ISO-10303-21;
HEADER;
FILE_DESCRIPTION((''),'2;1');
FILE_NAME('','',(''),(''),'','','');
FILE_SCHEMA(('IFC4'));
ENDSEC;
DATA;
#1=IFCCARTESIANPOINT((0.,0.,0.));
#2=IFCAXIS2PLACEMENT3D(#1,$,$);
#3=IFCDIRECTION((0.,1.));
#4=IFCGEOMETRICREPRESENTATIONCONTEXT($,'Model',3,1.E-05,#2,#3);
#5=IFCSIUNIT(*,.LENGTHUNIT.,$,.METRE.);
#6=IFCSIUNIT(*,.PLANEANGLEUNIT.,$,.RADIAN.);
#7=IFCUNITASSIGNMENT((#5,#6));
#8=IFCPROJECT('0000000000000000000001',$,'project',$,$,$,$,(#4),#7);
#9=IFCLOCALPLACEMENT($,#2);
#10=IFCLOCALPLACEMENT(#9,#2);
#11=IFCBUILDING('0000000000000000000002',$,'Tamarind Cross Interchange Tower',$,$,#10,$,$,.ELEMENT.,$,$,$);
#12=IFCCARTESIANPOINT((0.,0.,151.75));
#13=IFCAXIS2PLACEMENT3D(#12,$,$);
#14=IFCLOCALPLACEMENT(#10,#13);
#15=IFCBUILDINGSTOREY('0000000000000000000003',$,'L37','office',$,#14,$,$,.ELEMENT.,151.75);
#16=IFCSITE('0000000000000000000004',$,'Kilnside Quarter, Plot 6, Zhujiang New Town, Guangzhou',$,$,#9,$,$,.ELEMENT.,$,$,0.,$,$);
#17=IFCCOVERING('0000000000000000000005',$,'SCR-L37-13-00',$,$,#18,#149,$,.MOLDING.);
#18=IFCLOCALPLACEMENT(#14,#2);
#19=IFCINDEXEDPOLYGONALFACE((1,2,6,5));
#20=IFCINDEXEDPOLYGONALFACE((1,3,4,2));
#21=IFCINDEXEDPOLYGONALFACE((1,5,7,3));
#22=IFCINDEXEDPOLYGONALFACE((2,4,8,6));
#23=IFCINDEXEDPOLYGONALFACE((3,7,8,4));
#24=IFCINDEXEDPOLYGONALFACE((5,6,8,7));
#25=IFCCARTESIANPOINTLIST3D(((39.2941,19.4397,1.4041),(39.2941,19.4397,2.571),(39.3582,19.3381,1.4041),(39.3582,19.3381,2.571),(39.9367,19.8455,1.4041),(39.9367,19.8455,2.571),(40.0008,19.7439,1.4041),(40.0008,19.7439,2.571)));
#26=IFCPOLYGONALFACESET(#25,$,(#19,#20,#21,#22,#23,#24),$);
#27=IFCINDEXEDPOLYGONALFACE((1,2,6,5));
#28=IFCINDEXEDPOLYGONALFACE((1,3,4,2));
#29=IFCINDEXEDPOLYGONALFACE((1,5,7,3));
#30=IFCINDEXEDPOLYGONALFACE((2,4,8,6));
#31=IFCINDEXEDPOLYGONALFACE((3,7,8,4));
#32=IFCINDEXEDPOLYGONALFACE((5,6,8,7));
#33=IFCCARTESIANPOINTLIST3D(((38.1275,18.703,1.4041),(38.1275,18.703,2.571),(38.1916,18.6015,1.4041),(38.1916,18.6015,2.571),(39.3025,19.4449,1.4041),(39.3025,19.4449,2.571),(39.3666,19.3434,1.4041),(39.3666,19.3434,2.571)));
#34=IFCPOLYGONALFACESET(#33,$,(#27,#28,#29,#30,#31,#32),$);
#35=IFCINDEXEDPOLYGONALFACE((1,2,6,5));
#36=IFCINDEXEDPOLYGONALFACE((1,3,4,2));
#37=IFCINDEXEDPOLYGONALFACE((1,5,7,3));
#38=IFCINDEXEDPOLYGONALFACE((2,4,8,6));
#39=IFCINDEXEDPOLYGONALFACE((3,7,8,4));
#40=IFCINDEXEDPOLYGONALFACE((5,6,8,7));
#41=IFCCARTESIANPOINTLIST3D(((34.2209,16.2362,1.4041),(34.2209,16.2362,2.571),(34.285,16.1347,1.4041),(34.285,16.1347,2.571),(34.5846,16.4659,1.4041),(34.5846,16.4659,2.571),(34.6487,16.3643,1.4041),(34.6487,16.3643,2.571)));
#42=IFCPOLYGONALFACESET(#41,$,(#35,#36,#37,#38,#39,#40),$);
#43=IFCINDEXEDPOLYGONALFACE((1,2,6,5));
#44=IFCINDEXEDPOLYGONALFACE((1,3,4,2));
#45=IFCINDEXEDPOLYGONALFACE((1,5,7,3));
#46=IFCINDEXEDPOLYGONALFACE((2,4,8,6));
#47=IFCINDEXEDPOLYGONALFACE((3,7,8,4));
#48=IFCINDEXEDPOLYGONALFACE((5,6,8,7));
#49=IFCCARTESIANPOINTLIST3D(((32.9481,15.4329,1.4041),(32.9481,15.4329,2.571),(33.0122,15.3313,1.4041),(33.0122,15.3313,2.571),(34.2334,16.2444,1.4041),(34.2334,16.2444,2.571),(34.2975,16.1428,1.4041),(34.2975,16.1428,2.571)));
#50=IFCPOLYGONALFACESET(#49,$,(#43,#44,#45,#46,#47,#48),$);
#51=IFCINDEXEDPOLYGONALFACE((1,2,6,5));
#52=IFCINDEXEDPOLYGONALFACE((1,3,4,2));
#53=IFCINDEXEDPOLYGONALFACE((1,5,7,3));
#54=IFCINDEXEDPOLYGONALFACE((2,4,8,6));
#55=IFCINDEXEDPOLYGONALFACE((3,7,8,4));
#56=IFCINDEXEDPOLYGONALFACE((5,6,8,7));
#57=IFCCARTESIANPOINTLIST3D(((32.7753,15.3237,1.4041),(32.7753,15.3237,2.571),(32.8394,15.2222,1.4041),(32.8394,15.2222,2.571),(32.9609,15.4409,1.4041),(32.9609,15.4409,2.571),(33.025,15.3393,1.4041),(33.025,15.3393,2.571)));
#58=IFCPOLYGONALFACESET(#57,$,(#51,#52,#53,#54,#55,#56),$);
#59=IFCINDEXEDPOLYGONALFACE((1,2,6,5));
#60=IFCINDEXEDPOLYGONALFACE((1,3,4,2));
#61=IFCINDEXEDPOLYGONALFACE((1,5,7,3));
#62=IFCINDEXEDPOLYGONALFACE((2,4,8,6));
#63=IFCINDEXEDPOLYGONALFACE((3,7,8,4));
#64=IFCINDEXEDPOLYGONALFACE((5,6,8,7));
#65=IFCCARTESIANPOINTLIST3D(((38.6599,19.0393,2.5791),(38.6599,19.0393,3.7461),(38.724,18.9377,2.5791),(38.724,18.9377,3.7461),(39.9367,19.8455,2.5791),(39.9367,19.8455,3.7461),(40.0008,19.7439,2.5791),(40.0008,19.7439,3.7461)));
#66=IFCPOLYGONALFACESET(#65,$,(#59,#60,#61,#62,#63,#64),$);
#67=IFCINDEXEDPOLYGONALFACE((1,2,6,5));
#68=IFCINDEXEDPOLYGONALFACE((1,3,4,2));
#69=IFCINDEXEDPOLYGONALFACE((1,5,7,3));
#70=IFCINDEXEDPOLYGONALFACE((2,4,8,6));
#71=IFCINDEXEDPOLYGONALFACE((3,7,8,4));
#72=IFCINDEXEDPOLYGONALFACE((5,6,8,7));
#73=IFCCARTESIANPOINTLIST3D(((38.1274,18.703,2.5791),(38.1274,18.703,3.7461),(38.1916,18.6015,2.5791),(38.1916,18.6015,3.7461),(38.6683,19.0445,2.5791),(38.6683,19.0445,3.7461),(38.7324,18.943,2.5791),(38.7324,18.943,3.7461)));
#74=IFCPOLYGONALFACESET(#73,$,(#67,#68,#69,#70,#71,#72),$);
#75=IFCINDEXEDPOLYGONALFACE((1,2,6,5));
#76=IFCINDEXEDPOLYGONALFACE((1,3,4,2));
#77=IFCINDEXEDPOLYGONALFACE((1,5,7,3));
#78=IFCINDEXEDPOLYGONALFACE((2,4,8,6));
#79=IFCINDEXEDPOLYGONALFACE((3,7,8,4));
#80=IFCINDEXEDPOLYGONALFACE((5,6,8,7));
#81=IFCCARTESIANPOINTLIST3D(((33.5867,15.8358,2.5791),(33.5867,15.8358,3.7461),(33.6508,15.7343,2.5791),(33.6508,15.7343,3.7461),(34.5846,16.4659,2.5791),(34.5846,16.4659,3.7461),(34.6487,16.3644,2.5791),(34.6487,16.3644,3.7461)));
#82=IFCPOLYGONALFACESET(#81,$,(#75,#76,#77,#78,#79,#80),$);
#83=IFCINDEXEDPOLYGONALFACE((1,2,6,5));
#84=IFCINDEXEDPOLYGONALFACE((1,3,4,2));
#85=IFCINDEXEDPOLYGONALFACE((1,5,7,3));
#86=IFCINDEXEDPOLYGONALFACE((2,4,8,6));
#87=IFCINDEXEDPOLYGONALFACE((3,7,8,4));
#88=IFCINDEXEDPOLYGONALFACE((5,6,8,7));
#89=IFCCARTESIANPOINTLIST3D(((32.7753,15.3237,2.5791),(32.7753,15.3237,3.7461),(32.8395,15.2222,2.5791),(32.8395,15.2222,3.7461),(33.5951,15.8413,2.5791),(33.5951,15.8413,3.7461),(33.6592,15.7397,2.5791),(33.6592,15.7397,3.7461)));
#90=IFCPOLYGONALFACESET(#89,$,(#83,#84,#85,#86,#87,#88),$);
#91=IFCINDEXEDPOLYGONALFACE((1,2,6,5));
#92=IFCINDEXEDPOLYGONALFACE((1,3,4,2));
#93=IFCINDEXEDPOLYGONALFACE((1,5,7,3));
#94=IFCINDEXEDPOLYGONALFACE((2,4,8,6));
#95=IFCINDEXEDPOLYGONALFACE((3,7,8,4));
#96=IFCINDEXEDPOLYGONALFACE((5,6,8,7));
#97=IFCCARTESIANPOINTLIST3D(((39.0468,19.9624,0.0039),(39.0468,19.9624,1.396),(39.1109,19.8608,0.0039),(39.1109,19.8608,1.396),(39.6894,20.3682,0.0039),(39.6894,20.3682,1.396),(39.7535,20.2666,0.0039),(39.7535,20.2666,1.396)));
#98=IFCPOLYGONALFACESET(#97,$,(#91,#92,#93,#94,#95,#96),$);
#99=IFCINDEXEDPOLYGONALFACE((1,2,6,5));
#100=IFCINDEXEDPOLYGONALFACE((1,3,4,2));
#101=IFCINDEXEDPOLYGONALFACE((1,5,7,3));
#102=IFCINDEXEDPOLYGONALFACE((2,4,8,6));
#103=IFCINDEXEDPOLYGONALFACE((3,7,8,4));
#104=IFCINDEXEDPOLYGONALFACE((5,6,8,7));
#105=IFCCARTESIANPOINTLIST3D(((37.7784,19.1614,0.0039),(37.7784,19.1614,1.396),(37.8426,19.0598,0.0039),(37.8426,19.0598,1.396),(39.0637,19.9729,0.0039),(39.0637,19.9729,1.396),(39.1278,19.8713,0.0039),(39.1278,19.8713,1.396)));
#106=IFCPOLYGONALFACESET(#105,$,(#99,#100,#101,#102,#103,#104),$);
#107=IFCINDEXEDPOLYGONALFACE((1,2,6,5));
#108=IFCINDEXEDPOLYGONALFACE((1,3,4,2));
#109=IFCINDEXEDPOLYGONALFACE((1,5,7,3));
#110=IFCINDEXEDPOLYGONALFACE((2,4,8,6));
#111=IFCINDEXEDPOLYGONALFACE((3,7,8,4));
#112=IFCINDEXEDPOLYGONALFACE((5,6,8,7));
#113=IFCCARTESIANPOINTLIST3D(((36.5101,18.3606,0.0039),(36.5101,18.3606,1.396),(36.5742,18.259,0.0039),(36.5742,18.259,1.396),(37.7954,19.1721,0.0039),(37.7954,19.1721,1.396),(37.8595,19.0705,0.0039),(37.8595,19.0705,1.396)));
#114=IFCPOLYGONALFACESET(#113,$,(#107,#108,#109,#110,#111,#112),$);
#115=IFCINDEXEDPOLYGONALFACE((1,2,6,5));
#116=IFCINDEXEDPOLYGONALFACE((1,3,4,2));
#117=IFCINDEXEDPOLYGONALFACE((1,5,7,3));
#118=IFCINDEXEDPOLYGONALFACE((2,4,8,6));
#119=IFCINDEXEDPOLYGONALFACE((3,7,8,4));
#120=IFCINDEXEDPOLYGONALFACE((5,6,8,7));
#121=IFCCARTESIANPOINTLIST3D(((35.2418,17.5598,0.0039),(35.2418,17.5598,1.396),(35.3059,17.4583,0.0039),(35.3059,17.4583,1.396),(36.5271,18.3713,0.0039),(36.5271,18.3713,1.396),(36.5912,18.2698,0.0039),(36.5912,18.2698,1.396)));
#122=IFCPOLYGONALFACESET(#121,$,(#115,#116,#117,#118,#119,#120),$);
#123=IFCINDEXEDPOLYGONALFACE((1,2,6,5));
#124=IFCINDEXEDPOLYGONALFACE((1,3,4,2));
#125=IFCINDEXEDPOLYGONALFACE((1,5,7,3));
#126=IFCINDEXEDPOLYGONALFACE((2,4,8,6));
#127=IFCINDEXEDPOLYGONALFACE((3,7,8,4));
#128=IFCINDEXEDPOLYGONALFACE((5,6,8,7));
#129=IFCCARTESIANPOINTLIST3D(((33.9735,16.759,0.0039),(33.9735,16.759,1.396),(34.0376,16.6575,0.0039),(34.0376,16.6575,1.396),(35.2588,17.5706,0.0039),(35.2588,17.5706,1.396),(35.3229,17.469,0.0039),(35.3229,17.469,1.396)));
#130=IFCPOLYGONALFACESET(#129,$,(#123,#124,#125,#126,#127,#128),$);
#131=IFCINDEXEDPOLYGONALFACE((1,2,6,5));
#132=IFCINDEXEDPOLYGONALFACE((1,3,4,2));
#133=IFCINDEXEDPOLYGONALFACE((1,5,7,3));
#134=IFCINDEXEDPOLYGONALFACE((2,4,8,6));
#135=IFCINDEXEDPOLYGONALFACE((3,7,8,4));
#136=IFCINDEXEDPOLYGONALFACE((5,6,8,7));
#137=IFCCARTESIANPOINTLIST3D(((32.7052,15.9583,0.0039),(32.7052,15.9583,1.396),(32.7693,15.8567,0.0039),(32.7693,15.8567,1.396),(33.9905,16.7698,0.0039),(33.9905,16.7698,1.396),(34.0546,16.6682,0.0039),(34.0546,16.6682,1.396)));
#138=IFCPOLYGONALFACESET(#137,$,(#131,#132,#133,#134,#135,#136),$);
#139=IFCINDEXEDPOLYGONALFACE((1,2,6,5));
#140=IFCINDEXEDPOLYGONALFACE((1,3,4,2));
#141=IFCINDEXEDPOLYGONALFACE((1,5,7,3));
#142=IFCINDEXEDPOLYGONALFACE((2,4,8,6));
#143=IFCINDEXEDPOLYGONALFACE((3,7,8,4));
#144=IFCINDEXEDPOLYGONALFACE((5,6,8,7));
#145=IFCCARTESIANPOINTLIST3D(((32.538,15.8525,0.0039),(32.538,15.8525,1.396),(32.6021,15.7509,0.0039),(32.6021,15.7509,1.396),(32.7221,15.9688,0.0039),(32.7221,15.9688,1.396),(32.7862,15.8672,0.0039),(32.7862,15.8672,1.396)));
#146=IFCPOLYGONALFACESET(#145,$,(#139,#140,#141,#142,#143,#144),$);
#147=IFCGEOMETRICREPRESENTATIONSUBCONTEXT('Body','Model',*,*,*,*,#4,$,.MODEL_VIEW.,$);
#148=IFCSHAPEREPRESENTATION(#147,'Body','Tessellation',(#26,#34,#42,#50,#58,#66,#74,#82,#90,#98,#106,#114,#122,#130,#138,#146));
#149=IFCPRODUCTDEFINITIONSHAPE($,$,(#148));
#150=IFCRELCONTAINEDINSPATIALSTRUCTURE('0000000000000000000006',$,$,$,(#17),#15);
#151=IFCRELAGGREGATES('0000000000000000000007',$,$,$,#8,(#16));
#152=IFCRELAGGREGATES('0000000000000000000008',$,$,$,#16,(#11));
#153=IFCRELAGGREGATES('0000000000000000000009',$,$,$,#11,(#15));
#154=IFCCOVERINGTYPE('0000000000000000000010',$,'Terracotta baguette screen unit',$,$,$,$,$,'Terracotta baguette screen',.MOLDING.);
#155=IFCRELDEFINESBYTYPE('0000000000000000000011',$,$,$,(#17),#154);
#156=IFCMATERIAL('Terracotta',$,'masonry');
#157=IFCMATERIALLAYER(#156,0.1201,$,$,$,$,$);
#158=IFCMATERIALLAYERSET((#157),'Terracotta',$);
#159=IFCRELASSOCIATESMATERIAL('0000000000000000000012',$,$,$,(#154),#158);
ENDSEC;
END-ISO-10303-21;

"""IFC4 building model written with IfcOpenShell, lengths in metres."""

from ifc_helpers import new_model, si_unit, direction, frame, origin, origin_2d, place, context, subcontext, project, spatial, rectangle, extrude, material, layer, layer_set, type_object, element, save


model = new_model("IFC4")

# Units and contexts
model_context = context("Model", 3, precision=1e-05, world=origin(), true_north=direction((0.0, 1.0)))
body_context = subcontext(model_context, "Body", "Model", "MODEL_VIEW")
ifc_project = project(units=[si_unit("LENGTHUNIT", "METRE"), si_unit("PLANEANGLEUNIT", "RADIAN")], contexts=[model_context])

# Site, building, storey
site_placement = place(None, origin())
site = spatial("IfcSite", under=ifc_project, at=site_placement, Name="Kilnside Quarter, Plot 6, Zhujiang New Town, Guangzhou", CompositionType="ELEMENT", RefElevation=0.0)
building_placement = place(site_placement, origin())
building = spatial("IfcBuilding", under=site, at=building_placement, Name="Tamarind Cross Interchange Tower", CompositionType="ELEMENT")
storey_placement = place(building_placement, frame((0.0, 0.0, 151.75)))
storey = spatial("IfcBuildingStorey", under=building, at=storey_placement, Name="L37", Description="office", CompositionType="ELEMENT", Elevation=151.75)

# Covering
ifc_material_1 = material(Name="Terracotta", Category="masonry")
ifc_layer_1 = layer(ifc_material_1, 0.1201)
ifc_layer_set_1 = layer_set([ifc_layer_1], Name="Terracotta")
covering_type = type_object("IfcCoveringType", Name="Terracotta baguette screen unit", ElementType="Terracotta baguette screen", PredefinedType="MOLDING", material=ifc_layer_set_1)
covering_1_placement = place(storey_placement, origin())
element("IfcCovering", 1, at=covering_1_placement, inside=storey, type_object=covering_type, Name="SCR-L37-13-00", PredefinedType="MOLDING", context=body_context, shape_type="SweptSolid", body=[
    extrude(rectangle(XDim=0.76, YDim=0.1201, at=origin_2d()), frame((39.6475, 19.5918, 1.4041), z_axis=(0.0, 0.0, 1.0), x_axis=(-0.84556, -0.533881, 0.0)), (0.0, 0.0, 1.0), 1.167),
    extrude(rectangle(XDim=1.3896, YDim=0.1201, at=origin_2d()), frame((38.7471, 19.0232, 1.4041), z_axis=(0.0, 0.0, 1.0), x_axis=(-0.84556, -0.533881, 0.0)), (0.0, 0.0, 1.0), 1.167),
    extrude(rectangle(XDim=0.4302, YDim=0.1201, at=origin_2d()), frame((34.4348, 16.3003, 1.4041), z_axis=(0.0, 0.0, 1.0), x_axis=(-0.84556, -0.533881, 0.0)), (0.0, 0.0, 1.0), 1.167),
    extrude(rectangle(XDim=1.52, YDim=0.1201, at=origin_2d()), frame((33.6228, 15.7878, 1.4041), z_axis=(0.0, 0.0, 1.0), x_axis=(-0.84556, -0.533881, 0.0)), (0.0, 0.0, 1.0), 1.167),
    extrude(rectangle(XDim=0.2195, YDim=0.1201, at=origin_2d()), frame((32.9001, 15.3315, 1.4041), z_axis=(0.0, 0.0, 1.0), x_axis=(-0.84556, -0.533881, 0.0)), (0.0, 0.0, 1.0), 1.167),
    extrude(rectangle(XDim=1.51, YDim=0.1201, at=origin_2d()), frame((39.3303, 19.3916, 2.5791), z_axis=(0.0, 0.0, 1.0), x_axis=(-0.84556, -0.533881, 0.0)), (0.0, 0.0, 1.0), 1.167),
    extrude(rectangle(XDim=0.6396, YDim=0.1201, at=origin_2d()), frame((38.4299, 18.823, 2.5791), z_axis=(0.0, 0.0, 1.0), x_axis=(-0.84556, -0.533881, 0.0)), (0.0, 0.0, 1.0), 1.167),
    extrude(rectangle(XDim=1.1802, YDim=0.1201, at=origin_2d()), frame((34.1177, 16.1001, 2.5791), z_axis=(0.0, 0.0, 1.0), x_axis=(-0.84556, -0.533881, 0.0)), (0.0, 0.0, 1.0), 1.167),
    extrude(rectangle(XDim=0.9695, YDim=0.1201, at=origin_2d()), frame((33.2173, 15.5317, 2.5791), z_axis=(0.0, 0.0, 1.0), x_axis=(-0.84556, -0.533881, 0.0)), (0.0, 0.0, 1.0), 1.167),
    extrude(rectangle(XDim=0.76, YDim=0.1201, at=origin_2d()), frame((39.4001, 20.1145, 0.0039), z_axis=(0.0, 0.0, 1.0), x_axis=(-0.84556, -0.533881, 0.0)), (0.0, 0.0, 1.0), 1.3921),
    extrude(rectangle(XDim=1.52, YDim=0.1201, at=origin_2d()), frame((38.4531, 19.5164, 0.0039), z_axis=(0.0, 0.0, 1.0), x_axis=(-0.84556, -0.533881, 0.0)), (0.0, 0.0, 1.0), 1.3921),
    extrude(rectangle(XDim=1.52, YDim=0.1201, at=origin_2d()), frame((37.1848, 18.7156, 0.0039), z_axis=(0.0, 0.0, 1.0), x_axis=(-0.84556, -0.533881, 0.0)), (0.0, 0.0, 1.0), 1.3921),
    extrude(rectangle(XDim=1.52, YDim=0.1201, at=origin_2d()), frame((35.9165, 17.9148, 0.0039), z_axis=(0.0, 0.0, 1.0), x_axis=(-0.84556, -0.533881, 0.0)), (0.0, 0.0, 1.0), 1.3921),
    extrude(rectangle(XDim=1.52, YDim=0.1201, at=origin_2d()), frame((34.6482, 17.114, 0.0039), z_axis=(0.0, 0.0, 1.0), x_axis=(-0.84556, -0.533881, 0.0)), (0.0, 0.0, 1.0), 1.3921),
    extrude(rectangle(XDim=1.52, YDim=0.1201, at=origin_2d()), frame((33.3799, 16.3132, 0.0039), z_axis=(0.0, 0.0, 1.0), x_axis=(-0.84556, -0.533881, 0.0)), (0.0, 0.0, 1.0), 1.3921),
    extrude(rectangle(XDim=0.2178, YDim=0.1201, at=origin_2d()), frame((32.6621, 15.8599, 0.0039), z_axis=(0.0, 0.0, 1.0), x_axis=(-0.84556, -0.533881, 0.0)), (0.0, 0.0, 1.0), 1.3921),
])

save(model, "model.ifc")
